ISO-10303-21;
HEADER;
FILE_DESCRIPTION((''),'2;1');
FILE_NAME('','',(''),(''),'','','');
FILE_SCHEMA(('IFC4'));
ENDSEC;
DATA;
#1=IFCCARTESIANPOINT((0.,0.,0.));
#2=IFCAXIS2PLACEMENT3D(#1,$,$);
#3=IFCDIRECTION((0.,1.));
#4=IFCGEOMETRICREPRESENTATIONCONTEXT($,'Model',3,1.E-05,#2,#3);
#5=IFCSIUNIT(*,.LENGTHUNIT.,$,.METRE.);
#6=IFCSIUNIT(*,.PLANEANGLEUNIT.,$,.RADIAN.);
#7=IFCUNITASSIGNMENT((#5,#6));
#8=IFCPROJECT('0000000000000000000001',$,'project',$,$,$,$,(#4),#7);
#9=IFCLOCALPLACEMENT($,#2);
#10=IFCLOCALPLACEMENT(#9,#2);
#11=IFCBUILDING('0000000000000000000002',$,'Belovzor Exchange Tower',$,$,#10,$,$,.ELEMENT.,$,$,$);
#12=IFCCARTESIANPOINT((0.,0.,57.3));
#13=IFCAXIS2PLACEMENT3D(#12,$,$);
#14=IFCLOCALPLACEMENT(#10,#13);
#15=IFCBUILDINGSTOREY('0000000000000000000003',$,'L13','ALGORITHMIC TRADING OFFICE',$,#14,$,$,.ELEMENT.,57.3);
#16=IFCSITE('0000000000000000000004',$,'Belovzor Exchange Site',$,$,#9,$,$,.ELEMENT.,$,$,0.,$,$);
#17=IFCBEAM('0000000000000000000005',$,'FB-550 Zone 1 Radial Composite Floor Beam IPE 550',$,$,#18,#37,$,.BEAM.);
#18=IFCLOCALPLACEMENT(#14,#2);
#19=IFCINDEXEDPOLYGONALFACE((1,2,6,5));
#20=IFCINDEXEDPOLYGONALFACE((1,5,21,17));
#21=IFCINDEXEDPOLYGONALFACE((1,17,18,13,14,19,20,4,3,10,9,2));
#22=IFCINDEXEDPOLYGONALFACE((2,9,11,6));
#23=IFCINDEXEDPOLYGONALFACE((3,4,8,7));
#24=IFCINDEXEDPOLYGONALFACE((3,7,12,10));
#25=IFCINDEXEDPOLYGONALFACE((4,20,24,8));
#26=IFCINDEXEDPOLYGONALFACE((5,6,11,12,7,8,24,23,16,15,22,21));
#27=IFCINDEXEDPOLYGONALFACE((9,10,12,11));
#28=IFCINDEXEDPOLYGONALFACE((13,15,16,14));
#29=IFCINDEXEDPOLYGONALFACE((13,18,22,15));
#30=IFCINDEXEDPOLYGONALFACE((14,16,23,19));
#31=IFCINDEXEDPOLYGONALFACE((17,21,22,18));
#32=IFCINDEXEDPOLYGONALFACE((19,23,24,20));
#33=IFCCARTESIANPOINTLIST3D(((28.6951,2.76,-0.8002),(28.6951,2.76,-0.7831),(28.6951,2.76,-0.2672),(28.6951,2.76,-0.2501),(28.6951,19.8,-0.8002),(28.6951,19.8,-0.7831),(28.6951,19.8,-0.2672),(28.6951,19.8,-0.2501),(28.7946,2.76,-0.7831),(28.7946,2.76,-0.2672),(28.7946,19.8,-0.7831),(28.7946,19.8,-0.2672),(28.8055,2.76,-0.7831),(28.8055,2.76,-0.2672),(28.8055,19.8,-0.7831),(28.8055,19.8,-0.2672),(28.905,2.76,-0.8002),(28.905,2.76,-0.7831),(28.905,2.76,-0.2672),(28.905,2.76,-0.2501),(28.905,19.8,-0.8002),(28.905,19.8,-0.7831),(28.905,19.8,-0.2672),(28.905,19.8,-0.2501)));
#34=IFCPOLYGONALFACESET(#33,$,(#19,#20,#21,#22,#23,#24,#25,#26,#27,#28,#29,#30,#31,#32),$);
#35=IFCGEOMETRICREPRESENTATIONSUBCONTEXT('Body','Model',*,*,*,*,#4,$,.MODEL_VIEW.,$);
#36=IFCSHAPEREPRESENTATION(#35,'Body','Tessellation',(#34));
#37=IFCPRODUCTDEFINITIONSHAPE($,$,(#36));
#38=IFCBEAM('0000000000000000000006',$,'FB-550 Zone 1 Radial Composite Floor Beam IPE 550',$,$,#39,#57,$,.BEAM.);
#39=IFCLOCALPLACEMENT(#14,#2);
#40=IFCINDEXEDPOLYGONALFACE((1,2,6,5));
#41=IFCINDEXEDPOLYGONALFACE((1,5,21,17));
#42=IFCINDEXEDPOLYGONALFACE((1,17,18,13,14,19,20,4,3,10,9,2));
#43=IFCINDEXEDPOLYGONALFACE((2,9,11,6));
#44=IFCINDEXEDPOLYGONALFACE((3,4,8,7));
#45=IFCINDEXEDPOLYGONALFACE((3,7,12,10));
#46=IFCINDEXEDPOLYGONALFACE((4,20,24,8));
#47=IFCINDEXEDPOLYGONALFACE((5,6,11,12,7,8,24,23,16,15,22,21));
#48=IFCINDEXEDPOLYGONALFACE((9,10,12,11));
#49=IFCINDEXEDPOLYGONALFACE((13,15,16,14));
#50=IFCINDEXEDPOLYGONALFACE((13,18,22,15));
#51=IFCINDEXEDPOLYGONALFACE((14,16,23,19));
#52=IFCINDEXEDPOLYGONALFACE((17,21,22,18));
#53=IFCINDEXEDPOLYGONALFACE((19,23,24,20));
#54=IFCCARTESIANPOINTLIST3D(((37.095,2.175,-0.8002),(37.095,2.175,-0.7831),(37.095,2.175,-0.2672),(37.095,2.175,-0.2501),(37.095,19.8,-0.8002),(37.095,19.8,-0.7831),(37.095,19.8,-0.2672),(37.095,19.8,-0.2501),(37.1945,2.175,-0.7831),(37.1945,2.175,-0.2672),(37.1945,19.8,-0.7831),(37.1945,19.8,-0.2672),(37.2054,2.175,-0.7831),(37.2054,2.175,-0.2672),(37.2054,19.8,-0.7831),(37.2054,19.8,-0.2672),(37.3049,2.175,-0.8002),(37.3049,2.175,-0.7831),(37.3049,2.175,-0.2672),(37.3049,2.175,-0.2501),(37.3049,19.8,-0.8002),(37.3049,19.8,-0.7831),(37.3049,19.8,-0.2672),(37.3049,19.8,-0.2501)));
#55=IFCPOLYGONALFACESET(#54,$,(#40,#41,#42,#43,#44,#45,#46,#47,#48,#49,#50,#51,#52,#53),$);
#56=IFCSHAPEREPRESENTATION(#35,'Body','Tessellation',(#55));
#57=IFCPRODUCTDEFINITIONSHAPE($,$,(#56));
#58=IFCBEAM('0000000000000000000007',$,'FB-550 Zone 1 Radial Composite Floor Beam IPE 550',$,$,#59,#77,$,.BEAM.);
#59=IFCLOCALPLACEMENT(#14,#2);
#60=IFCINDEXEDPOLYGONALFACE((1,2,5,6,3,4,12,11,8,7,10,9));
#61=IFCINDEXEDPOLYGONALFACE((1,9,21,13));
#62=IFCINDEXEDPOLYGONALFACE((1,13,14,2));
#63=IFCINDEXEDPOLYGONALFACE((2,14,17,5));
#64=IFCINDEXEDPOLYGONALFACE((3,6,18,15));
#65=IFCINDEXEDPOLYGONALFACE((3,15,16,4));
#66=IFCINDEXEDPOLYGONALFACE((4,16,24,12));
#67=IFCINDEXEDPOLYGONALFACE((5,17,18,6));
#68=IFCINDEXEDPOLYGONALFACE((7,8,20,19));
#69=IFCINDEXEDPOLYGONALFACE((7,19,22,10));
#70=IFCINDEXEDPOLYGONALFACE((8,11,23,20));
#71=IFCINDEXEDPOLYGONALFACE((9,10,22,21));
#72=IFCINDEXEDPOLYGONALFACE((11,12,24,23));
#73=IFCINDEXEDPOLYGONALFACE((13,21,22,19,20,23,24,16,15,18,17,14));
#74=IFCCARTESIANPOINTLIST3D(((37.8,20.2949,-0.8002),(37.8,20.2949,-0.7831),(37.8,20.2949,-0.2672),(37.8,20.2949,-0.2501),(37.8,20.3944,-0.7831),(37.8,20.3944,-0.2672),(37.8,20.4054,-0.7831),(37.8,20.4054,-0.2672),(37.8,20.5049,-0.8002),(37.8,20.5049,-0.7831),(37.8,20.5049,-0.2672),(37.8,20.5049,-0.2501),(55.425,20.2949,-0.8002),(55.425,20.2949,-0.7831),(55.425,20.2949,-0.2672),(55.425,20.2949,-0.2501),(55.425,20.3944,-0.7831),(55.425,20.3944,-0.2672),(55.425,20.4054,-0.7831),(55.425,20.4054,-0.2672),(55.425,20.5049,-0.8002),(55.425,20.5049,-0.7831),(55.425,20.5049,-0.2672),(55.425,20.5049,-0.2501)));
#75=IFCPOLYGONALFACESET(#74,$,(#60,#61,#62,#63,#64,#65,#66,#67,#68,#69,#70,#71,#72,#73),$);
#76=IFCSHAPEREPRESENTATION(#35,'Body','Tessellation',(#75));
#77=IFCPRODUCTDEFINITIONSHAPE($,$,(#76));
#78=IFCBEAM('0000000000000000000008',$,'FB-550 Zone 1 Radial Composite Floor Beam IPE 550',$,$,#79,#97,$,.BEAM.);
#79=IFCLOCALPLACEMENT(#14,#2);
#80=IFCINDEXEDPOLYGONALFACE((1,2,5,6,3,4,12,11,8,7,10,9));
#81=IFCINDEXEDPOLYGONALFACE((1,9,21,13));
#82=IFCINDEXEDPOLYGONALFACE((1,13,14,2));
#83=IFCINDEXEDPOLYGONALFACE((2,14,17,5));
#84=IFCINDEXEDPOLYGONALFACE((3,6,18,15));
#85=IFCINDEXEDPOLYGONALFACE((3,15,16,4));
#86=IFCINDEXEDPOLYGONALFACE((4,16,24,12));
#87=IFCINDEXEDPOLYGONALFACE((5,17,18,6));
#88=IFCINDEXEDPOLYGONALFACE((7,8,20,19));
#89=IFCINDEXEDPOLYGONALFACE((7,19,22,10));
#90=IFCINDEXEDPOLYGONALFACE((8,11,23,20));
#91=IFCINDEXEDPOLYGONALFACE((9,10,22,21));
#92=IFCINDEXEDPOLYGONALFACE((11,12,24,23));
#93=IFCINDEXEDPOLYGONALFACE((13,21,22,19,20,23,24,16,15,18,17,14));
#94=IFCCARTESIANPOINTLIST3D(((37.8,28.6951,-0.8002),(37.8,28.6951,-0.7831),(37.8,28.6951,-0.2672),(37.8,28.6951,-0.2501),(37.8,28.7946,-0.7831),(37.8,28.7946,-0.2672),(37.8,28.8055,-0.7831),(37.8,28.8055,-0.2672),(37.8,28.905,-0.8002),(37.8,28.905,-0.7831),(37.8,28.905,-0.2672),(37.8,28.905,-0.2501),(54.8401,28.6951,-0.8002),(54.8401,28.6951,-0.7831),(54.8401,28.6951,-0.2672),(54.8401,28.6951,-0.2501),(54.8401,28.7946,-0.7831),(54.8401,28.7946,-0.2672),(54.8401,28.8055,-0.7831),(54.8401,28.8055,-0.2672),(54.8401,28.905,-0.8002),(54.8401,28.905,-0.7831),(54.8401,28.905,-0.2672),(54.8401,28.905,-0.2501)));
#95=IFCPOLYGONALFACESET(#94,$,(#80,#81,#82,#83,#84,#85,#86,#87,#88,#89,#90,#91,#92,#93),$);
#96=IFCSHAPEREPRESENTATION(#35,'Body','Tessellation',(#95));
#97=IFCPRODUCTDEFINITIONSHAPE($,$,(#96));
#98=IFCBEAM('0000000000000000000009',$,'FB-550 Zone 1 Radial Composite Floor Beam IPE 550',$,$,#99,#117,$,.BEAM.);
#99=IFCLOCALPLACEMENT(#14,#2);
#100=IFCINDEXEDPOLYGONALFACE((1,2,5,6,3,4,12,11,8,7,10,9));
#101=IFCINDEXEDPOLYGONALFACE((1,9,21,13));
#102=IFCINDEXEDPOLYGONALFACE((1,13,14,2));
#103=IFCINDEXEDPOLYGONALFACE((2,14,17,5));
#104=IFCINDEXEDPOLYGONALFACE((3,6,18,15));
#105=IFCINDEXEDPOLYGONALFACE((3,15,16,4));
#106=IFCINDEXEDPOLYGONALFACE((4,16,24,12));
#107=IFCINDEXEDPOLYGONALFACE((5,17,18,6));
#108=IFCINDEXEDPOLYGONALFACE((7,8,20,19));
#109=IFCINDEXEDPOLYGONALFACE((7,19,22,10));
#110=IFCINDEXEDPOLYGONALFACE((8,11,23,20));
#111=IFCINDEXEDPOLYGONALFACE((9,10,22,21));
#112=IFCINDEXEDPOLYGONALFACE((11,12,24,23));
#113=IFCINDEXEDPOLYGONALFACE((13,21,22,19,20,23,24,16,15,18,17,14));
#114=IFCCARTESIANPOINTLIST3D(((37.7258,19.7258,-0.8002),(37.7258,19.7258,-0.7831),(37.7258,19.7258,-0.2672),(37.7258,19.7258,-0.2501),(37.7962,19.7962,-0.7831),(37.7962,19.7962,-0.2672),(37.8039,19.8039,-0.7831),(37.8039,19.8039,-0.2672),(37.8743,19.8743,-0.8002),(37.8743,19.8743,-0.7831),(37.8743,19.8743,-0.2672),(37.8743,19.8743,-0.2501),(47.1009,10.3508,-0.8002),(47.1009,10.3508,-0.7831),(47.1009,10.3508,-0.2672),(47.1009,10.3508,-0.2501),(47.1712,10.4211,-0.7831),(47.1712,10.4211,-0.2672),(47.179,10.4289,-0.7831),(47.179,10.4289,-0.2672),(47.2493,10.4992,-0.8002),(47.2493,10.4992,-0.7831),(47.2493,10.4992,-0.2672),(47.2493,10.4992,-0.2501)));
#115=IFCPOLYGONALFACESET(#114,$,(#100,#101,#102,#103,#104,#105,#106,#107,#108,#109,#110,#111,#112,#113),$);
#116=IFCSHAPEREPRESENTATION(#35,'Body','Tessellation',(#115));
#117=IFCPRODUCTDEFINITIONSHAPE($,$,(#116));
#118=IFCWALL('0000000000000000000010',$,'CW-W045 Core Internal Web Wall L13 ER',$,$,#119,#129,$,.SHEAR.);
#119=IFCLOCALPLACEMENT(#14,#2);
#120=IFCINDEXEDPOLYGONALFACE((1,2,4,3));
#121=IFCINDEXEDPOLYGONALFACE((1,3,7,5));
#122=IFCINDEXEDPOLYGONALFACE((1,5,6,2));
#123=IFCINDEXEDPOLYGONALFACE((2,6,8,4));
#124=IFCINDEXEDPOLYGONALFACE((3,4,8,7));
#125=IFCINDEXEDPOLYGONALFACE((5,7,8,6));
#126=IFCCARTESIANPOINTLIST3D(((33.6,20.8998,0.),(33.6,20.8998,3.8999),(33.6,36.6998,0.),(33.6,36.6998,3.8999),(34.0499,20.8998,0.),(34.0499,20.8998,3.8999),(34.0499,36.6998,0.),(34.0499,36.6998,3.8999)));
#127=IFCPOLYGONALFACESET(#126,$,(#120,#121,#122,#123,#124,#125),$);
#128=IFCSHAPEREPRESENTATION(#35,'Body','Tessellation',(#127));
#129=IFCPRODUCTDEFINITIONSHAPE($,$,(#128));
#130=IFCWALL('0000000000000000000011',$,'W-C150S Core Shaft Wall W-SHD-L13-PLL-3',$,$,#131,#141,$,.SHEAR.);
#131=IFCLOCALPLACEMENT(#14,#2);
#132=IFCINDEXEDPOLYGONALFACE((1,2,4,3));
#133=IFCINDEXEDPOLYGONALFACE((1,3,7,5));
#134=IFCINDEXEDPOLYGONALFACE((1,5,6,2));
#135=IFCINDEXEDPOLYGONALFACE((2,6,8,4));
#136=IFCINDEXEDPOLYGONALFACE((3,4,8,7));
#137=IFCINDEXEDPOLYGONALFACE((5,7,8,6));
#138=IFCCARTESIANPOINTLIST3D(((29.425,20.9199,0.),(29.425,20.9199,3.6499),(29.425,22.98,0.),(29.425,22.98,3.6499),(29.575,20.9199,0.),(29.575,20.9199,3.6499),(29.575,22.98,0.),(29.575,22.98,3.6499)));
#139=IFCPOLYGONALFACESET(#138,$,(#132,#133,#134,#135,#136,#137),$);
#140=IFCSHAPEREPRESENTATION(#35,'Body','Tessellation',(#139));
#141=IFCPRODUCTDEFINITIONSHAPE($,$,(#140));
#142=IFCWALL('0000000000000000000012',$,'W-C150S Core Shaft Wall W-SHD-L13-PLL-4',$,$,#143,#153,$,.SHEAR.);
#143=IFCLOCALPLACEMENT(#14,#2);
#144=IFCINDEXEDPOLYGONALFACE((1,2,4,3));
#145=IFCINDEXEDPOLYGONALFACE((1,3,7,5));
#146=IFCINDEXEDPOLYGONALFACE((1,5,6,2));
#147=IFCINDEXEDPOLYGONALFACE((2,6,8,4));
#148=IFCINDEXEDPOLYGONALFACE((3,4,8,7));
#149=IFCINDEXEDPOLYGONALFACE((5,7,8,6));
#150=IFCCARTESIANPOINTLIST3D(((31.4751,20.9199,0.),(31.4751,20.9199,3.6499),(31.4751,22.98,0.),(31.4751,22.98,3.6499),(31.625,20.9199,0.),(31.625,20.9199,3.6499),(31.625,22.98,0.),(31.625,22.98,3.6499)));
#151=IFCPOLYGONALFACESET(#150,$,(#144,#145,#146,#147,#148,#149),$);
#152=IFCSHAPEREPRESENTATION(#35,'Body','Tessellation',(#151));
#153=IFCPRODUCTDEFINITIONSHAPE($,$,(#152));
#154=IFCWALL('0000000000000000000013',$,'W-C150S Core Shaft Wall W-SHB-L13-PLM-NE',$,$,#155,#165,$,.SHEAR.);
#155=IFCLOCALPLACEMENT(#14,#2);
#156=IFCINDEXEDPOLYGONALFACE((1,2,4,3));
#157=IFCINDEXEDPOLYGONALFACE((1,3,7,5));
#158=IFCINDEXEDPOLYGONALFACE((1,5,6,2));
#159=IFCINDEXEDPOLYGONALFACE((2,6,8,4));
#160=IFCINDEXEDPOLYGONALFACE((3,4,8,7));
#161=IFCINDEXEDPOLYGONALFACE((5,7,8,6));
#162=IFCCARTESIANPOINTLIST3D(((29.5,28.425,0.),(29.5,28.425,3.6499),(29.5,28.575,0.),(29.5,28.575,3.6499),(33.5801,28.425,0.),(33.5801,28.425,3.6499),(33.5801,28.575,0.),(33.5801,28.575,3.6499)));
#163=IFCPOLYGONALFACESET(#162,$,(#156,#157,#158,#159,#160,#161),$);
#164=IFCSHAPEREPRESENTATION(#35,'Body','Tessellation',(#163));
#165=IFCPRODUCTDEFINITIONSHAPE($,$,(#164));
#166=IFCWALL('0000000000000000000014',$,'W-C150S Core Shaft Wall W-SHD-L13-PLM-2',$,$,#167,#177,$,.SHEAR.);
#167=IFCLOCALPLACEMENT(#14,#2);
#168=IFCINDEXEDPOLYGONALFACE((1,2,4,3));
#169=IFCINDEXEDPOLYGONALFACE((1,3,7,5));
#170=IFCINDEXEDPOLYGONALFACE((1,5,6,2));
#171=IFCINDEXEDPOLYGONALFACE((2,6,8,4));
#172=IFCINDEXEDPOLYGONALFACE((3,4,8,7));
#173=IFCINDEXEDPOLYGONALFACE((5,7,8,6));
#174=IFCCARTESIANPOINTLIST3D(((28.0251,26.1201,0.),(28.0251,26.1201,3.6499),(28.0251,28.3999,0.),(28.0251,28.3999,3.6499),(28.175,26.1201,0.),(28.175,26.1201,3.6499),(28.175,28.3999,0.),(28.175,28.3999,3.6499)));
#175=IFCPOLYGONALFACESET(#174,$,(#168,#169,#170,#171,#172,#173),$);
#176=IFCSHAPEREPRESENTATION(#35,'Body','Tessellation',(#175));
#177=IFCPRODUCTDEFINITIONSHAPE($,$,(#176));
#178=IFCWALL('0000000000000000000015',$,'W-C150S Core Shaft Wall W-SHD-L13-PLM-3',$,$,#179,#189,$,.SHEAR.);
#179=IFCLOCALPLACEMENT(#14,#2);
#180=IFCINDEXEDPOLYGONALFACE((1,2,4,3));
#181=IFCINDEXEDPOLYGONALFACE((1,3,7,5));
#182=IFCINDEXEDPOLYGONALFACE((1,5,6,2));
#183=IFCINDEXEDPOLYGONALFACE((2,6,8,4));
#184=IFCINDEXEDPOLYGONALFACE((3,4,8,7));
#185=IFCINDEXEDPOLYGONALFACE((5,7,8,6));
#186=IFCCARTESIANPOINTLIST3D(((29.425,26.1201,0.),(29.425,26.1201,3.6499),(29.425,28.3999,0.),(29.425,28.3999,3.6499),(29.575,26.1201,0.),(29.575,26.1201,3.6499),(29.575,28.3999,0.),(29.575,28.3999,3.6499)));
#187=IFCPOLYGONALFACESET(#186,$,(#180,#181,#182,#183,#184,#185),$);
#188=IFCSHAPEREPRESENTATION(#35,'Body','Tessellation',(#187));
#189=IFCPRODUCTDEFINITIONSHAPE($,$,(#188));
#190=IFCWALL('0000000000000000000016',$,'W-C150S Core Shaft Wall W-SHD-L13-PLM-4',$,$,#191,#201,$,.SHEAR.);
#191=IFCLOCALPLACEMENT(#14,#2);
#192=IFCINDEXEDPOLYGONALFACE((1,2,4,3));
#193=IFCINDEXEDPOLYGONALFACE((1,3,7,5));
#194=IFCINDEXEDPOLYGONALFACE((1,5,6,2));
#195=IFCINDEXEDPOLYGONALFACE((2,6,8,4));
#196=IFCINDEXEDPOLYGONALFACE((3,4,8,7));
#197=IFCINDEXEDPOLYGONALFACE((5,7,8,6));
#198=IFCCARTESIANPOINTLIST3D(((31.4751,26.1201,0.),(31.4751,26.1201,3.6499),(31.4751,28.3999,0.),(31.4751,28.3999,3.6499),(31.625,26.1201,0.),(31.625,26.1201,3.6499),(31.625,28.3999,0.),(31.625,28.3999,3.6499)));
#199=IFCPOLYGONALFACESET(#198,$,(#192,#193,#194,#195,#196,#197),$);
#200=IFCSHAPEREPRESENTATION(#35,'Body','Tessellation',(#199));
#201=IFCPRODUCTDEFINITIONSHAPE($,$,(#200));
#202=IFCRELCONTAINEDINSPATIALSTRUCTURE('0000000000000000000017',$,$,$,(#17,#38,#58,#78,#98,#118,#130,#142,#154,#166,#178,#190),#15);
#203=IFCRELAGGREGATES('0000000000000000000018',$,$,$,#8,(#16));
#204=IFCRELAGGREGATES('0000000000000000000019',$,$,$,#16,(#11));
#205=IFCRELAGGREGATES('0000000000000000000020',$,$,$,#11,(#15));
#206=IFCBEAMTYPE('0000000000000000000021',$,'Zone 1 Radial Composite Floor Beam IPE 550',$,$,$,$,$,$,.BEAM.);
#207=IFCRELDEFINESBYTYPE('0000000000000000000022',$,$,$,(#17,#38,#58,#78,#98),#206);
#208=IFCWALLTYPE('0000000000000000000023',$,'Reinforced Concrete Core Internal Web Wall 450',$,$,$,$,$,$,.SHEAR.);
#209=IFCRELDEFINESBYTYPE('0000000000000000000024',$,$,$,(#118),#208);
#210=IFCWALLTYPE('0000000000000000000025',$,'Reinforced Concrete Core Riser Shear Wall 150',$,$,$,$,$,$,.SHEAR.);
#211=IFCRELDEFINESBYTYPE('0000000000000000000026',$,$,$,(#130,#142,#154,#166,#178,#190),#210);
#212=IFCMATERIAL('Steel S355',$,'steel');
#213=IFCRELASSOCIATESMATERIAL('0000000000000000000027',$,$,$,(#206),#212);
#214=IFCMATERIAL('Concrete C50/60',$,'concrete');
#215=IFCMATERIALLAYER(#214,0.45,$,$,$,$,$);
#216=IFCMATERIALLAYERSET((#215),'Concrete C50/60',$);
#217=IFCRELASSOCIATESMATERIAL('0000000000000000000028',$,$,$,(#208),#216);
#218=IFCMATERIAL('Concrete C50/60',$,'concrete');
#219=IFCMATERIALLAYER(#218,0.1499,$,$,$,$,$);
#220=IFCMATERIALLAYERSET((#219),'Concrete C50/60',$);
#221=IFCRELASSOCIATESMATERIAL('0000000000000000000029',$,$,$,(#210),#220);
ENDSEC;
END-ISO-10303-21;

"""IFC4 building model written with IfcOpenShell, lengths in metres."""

from ifc_helpers import new_model, si_unit, direction, frame, frame_2d, origin, origin_2d, place, context, subcontext, project, spatial, rectangle, i_section, extrude, material, layer, layer_set, material_profile, profile_set, type_object, element, save


model = new_model("IFC4")

# Units and contexts
model_context = context("Model", 3, precision=1e-05, world=origin(), true_north=direction((0.0, 1.0)))
body_context = subcontext(model_context, "Body", "Model", "MODEL_VIEW")
ifc_project = project(units=[si_unit("LENGTHUNIT", "METRE"), si_unit("PLANEANGLEUNIT", "RADIAN")], contexts=[model_context])

# Site, building, storey
site_placement = place(None, origin())
site = spatial("IfcSite", under=ifc_project, at=site_placement, Name="Belovzor Exchange Site", CompositionType="ELEMENT", RefElevation=0.0)
building_placement = place(site_placement, origin())
building = spatial("IfcBuilding", under=site, at=building_placement, Name="Belovzor Exchange Tower", CompositionType="ELEMENT")
storey_placement = place(building_placement, frame((0.0, 0.0, 57.3)))
storey = spatial("IfcBuildingStorey", under=building, at=storey_placement, Name="L13", Description="ALGORITHMIC TRADING OFFICE", CompositionType="ELEMENT", Elevation=57.3)

# Beams
ifc_material_1 = material(Name="Steel S355", Category="steel")
ifc_material_profile = material_profile(ifc_material_1, i_section(OverallWidth=0.21, OverallDepth=0.55, WebThickness=0.011, FlangeThickness=0.0171, at=origin_2d()))
ifc_profile_set = profile_set([ifc_material_profile], Name="Steel S355")
beam_type = type_object("IfcBeamType", Name="Zone 1 Radial Composite Floor Beam IPE 550", PredefinedType="BEAM", material=ifc_profile_set)
beam_1_placement = place(storey_placement, frame((28.8, 19.8, -0.5251), z_axis=(0.0, -1.0, 0.0), x_axis=(1.0, 0.0, 0.0)))
element("IfcBeam", 1, at=beam_1_placement, inside=storey, type_object=beam_type, Name="FB-550 Zone 1 Radial Composite Floor Beam IPE 550", PredefinedType="BEAM", context=body_context, shape_type="SweptSolid", body=[
    extrude(i_section(OverallWidth=0.21, OverallDepth=0.55, WebThickness=0.011, FlangeThickness=0.0171, at=origin_2d()), origin(), (0.0, 0.0, 1.0), 17.04),
])
for number, where, z_axis, x_axis, name in (
    (2, (37.2, 19.8, -0.5251), (0.0, -1.0, 0.0), (1.0, 0.0, 0.0), "FB-550 Zone 1 Radial Composite Floor Beam IPE 550"),
    (3, (37.8, 20.3999, -0.5251), (1.0, 0.0, 0.0), (0.0, 1.0, 0.0), "FB-550 Zone 1 Radial Composite Floor Beam IPE 550"),
):
    element("IfcBeam", number, at=place(storey_placement, frame(where, z_axis=z_axis, x_axis=x_axis)), inside=storey, type_object=beam_type, Name=name, PredefinedType="BEAM", context=body_context, shape_type="SweptSolid", body=[
        extrude(i_section(OverallWidth=0.21, OverallDepth=0.55, WebThickness=0.011, FlangeThickness=0.0171, at=origin_2d()), origin(), (0.0, 0.0, 1.0), 17.625),
    ])
beam_2_placement = place(storey_placement, frame((37.8, 28.8, -0.5251), z_axis=(1.0, 0.0, 0.0), x_axis=(0.0, 1.0, 0.0)))
element("IfcBeam", 4, at=beam_2_placement, inside=storey, type_object=beam_type, Name="FB-550 Zone 1 Radial Composite Floor Beam IPE 550", PredefinedType="BEAM", context=body_context, shape_type="SweptSolid", body=[
    extrude(i_section(OverallWidth=0.21, OverallDepth=0.55, WebThickness=0.011, FlangeThickness=0.0171, at=origin_2d()), origin(), (0.0, 0.0, 1.0), 17.04),
])
beam_3_placement = place(storey_placement, frame((37.8, 19.8, -0.5251), z_axis=(0.707107, -0.707107, 0.0), x_axis=(0.707107, 0.707107, 0.0)))
element("IfcBeam", 5, at=beam_3_placement, inside=storey, type_object=beam_type, Name="FB-550 Zone 1 Radial Composite Floor Beam IPE 550", PredefinedType="BEAM", context=body_context, shape_type="SweptSolid", body=[
    extrude(i_section(OverallWidth=0.21, OverallDepth=0.55, WebThickness=0.011, FlangeThickness=0.0171, at=origin_2d()), origin(), (0.0, 0.0, 1.0), 13.2583),
])

# Walls
ifc_material_2 = material(Name="Concrete C50/60", Category="concrete")
ifc_layer_1 = layer(ifc_material_2, 0.45)
ifc_layer_set_1 = layer_set([ifc_layer_1], Name="Concrete C50/60")
wall_type_1 = type_object("IfcWallType", Name="Reinforced Concrete Core Internal Web Wall 450", PredefinedType="SHEAR", material=ifc_layer_set_1)
wall_1_placement = place(storey_placement, frame((33.825, 20.8999, 0.0), z_axis=(0.0, 0.0, 1.0), x_axis=(0.0, 1.0, 0.0)))
element("IfcWall", 6, at=wall_1_placement, inside=storey, type_object=wall_type_1, Name="CW-W045 Core Internal Web Wall L13 ER", PredefinedType="SHEAR", context=body_context, shape_type="SweptSolid", body=[
    extrude(rectangle(XDim=15.8, YDim=0.45, at=frame_2d((7.8999, 0.0))), origin(), (0.0, 0.0, 1.0), 3.8999),
])
ifc_material_3 = material(Name="Concrete C50/60", Category="concrete")
ifc_layer_2 = layer(ifc_material_3, 0.1499)
ifc_layer_set_2 = layer_set([ifc_layer_2], Name="Concrete C50/60")
wall_type_2 = type_object("IfcWallType", Name="Reinforced Concrete Core Riser Shear Wall 150", PredefinedType="SHEAR", material=ifc_layer_set_2)
for number, where, z_axis, x_axis, name in (
    (7, (29.5, 20.9199, 0.0), (0.0, 0.0, 1.0), (0.0, 1.0, 0.0), "W-C150S Core Shaft Wall W-SHD-L13-PLL-3"),
    (8, (31.55, 20.9199, 0.0), (0.0, 0.0, 1.0), (0.0, 1.0, 0.0), "W-C150S Core Shaft Wall W-SHD-L13-PLL-4"),
):
    element("IfcWall", number, at=place(storey_placement, frame(where, z_axis=z_axis, x_axis=x_axis)), inside=storey, type_object=wall_type_2, Name=name, PredefinedType="SHEAR", context=body_context, shape_type="SweptSolid", body=[
        extrude(rectangle(XDim=2.0601, YDim=0.1499, at=frame_2d((1.03, 0.0))), origin(), (0.0, 0.0, 1.0), 3.6499),
    ])
wall_2_placement = place(storey_placement, frame((29.5, 28.5, 0.0), z_axis=(0.0, 0.0, 1.0), x_axis=(1.0, 0.0, 0.0)))
element("IfcWall", 9, at=wall_2_placement, inside=storey, type_object=wall_type_2, Name="W-C150S Core Shaft Wall W-SHB-L13-PLM-NE", PredefinedType="SHEAR", context=body_context, shape_type="SweptSolid", body=[
    extrude(rectangle(XDim=4.0801, YDim=0.1499, at=frame_2d((2.04, 0.0))), origin(), (0.0, 0.0, 1.0), 3.6499),
])
for number, where, z_axis, x_axis, name in (
    (10, (28.1001, 26.1201, 0.0), (0.0, 0.0, 1.0), (0.0, 1.0, 0.0), "W-C150S Core Shaft Wall W-SHD-L13-PLM-2"),
    (11, (29.5, 26.1201, 0.0), (0.0, 0.0, 1.0), (0.0, 1.0, 0.0), "W-C150S Core Shaft Wall W-SHD-L13-PLM-3"),
    (12, (31.55, 26.1201, 0.0), (0.0, 0.0, 1.0), (0.0, 1.0, 0.0), "W-C150S Core Shaft Wall W-SHD-L13-PLM-4"),
):
    element("IfcWall", number, at=place(storey_placement, frame(where, z_axis=z_axis, x_axis=x_axis)), inside=storey, type_object=wall_type_2, Name=name, PredefinedType="SHEAR", context=body_context, shape_type="SweptSolid", body=[
        extrude(rectangle(XDim=2.2798, YDim=0.1499, at=frame_2d((1.1399, 0.0))), origin(), (0.0, 0.0, 1.0), 3.6499),
    ])

save(model, "model.ifc")
